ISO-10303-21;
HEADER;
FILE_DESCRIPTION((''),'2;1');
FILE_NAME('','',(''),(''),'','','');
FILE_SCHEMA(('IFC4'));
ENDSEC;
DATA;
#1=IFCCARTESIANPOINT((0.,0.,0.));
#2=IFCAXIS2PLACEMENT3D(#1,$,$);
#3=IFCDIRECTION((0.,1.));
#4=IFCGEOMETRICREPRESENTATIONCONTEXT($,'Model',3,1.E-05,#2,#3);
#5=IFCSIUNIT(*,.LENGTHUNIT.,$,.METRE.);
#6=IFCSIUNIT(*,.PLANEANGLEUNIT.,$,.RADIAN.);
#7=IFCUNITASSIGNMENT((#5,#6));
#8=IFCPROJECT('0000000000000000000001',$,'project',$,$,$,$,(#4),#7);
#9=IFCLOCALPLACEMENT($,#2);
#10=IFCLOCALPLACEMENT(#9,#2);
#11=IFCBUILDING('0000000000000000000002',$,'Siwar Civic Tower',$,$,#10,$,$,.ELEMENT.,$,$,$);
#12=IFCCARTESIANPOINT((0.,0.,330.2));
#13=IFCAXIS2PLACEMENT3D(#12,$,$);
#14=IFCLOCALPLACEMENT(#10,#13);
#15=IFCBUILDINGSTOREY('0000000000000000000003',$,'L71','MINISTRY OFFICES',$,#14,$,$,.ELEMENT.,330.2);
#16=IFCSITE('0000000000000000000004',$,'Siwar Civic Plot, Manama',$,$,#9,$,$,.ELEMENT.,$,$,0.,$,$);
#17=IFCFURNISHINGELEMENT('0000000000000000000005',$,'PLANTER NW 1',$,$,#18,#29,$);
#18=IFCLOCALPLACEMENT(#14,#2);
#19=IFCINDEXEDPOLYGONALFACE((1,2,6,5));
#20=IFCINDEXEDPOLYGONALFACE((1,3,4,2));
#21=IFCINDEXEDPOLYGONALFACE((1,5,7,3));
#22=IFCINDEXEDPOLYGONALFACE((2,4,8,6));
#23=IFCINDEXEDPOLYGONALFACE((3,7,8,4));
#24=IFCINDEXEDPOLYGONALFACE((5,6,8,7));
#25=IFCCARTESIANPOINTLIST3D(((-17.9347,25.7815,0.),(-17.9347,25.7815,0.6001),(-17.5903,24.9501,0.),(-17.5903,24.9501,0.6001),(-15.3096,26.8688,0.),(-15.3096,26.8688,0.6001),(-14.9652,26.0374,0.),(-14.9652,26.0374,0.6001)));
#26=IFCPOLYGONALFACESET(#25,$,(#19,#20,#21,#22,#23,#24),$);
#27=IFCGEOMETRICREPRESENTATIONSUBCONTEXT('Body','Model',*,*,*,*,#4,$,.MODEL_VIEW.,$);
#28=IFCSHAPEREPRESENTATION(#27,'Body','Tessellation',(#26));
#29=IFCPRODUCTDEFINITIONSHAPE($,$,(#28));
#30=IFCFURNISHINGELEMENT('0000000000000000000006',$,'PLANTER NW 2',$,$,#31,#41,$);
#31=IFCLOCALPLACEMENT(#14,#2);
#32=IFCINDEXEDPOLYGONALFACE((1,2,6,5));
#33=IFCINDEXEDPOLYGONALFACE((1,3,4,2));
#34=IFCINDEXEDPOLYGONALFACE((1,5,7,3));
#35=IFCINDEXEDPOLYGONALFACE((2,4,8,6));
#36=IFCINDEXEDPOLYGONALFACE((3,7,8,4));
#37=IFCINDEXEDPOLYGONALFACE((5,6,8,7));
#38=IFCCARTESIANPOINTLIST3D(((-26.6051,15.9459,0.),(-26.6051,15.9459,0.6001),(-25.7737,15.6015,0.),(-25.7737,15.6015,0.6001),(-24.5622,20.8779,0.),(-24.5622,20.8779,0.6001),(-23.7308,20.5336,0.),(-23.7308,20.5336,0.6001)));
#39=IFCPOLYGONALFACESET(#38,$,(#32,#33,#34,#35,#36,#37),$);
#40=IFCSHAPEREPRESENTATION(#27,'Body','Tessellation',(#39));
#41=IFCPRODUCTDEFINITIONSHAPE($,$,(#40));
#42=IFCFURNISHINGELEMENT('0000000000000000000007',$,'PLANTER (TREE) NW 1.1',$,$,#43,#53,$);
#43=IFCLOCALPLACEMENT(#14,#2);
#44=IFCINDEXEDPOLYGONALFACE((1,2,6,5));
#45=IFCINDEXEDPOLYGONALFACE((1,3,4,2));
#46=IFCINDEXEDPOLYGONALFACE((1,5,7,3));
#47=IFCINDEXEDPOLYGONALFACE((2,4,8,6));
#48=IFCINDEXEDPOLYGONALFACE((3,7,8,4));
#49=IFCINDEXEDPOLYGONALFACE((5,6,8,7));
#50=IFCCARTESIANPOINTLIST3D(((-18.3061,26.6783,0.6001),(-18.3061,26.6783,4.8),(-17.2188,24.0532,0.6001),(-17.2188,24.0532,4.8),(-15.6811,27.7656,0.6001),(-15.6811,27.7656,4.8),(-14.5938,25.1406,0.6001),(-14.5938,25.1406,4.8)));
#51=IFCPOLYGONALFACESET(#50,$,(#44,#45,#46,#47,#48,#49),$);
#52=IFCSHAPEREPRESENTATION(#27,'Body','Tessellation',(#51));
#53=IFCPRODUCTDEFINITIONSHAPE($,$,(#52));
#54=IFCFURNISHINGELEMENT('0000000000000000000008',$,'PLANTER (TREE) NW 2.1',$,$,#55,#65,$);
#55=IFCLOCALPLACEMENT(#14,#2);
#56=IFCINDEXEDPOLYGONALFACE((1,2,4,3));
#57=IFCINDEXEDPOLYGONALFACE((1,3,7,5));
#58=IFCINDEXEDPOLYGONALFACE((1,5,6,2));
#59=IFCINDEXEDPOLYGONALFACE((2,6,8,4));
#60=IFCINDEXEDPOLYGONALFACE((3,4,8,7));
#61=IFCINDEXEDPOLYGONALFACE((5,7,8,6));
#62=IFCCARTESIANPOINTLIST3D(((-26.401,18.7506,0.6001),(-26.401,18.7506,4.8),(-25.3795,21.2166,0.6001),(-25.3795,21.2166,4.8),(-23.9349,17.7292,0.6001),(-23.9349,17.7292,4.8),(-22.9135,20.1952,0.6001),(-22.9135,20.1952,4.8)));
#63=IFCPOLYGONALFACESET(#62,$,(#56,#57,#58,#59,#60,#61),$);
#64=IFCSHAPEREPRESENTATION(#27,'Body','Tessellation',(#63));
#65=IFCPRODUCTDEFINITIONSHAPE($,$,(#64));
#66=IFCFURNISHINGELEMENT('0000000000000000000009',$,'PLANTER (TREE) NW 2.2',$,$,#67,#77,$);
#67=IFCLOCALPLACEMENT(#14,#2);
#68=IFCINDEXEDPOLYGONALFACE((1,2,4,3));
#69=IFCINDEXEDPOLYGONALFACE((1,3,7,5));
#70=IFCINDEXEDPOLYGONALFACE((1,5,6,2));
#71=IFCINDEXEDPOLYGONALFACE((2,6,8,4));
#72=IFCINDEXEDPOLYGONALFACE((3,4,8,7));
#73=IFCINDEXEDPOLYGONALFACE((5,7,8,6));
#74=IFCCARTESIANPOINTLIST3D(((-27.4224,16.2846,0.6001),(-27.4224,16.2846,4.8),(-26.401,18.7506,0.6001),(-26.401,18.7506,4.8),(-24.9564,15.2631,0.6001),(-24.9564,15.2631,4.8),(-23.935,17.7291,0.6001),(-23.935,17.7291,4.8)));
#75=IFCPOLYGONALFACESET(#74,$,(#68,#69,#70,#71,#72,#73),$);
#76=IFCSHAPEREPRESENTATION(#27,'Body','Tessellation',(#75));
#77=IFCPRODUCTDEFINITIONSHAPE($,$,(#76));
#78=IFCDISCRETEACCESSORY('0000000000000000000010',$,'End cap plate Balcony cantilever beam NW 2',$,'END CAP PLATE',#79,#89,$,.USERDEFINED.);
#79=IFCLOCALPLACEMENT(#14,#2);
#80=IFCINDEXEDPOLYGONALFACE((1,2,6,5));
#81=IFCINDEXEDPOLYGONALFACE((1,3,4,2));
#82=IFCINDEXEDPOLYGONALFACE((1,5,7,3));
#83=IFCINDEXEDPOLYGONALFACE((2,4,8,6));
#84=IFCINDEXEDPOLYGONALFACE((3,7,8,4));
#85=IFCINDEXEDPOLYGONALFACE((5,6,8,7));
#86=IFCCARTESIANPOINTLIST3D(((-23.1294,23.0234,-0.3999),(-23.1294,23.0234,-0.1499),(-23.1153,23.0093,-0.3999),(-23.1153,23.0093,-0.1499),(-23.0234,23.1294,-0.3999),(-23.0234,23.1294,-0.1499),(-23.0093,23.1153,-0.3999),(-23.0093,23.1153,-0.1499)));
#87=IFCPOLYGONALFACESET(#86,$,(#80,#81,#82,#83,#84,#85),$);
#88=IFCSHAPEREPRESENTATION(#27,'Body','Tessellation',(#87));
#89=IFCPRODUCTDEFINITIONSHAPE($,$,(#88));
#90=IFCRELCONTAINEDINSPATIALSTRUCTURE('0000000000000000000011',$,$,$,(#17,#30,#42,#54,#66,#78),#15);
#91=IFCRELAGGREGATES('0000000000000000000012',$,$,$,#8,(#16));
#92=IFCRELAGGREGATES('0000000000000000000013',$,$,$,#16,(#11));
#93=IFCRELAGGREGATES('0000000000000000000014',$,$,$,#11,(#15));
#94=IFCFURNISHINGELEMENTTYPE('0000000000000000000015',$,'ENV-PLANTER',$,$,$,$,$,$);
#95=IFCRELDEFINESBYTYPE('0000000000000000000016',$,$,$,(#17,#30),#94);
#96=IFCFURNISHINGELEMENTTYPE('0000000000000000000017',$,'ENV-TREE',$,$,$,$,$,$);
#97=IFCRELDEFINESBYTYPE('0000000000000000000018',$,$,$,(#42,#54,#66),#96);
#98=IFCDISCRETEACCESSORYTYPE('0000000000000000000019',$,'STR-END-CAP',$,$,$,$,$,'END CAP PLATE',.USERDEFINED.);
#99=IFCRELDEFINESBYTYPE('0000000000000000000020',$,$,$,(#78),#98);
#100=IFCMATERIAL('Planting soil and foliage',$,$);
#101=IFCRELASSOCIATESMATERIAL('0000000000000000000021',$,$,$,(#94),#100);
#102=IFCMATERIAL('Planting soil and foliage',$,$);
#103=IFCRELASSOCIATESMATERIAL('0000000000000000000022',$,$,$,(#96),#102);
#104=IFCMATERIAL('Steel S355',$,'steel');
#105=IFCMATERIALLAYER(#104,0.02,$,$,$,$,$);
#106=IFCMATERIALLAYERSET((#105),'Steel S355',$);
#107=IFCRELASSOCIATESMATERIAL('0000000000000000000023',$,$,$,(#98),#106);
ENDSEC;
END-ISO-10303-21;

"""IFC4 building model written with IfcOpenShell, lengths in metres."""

from ifc_helpers import new_model, si_unit, direction, frame, origin, origin_2d, place, context, subcontext, project, spatial, rectangle, extrude, material, layer, layer_set, type_object, element, save


model = new_model("IFC4")

# Units and contexts
model_context = context("Model", 3, precision=1e-05, world=origin(), true_north=direction((0.0, 1.0)))
body_context = subcontext(model_context, "Body", "Model", "MODEL_VIEW")
ifc_project = project(units=[si_unit("LENGTHUNIT", "METRE"), si_unit("PLANEANGLEUNIT", "RADIAN")], contexts=[model_context])

# Site, building, storey
site_placement = place(None, origin())
site = spatial("IfcSite", under=ifc_project, at=site_placement, Name="Siwar Civic Plot, Manama", CompositionType="ELEMENT", RefElevation=0.0)
building_placement = place(site_placement, origin())
building = spatial("IfcBuilding", under=site, at=building_placement, Name="Siwar Civic Tower", CompositionType="ELEMENT")
storey_placement = place(building_placement, frame((0.0, 0.0, 330.2)))
storey = spatial("IfcBuildingStorey", under=building, at=storey_placement, Name="L71", Description="MINISTRY OFFICES", CompositionType="ELEMENT", Elevation=330.2)

# Furnishing elements
ifc_material_1 = material(Name="Planting soil and foliage")
furnishing_element_type_1 = type_object("IfcFurnishingElementType", Name="ENV-PLANTER", material=ifc_material_1)
furnishing_1_placement = place(storey_placement, frame((-16.45, 25.9094, 0.0), z_axis=(0.0, 0.0, 1.0), x_axis=(-0.92388, -0.382683, 0.0)))
element("IfcFurnishingElement", 1, at=furnishing_1_placement, inside=storey, type_object=furnishing_element_type_1, Name="PLANTER NW 1", context=body_context, shape_type="SweptSolid", body=[
    extrude(rectangle(XDim=2.8413, YDim=0.8999, at=origin_2d()), origin(), (0.0, 0.0, 1.0), 0.6001),
])
furnishing_2_placement = place(storey_placement, frame((-25.168, 18.2397, 0.0), z_axis=(0.0, 0.0, 1.0), x_axis=(-0.382683, -0.92388, 0.0)))
element("IfcFurnishingElement", 2, at=furnishing_2_placement, inside=storey, type_object=furnishing_element_type_1, Name="PLANTER NW 2", context=body_context, shape_type="SweptSolid", body=[
    extrude(rectangle(XDim=5.3384, YDim=0.8999, at=origin_2d()), origin(), (0.0, 0.0, 1.0), 0.6001),
])
ifc_material_2 = material(Name="Planting soil and foliage")
furnishing_element_type_2 = type_object("IfcFurnishingElementType", Name="ENV-TREE", material=ifc_material_2)
furnishing_3_placement = place(storey_placement, frame((-16.45, 25.9094, 0.6001), z_axis=(0.0, 0.0, 1.0), x_axis=(-0.92388, -0.382683, 0.0)))
element("IfcFurnishingElement", 3, at=furnishing_3_placement, inside=storey, type_object=furnishing_element_type_2, Name="PLANTER (TREE) NW 1.1", context=body_context, shape_type="SweptSolid", body=[
    extrude(rectangle(XDim=2.8413, YDim=2.8413, at=origin_2d()), origin(), (0.0, 0.0, 1.0), 4.2),
])
for number, where, z_axis, x_axis, name in (
    (4, (-24.6572, 19.4729, 0.6001), (0.0, 0.0, 1.0), (-0.382683, -0.92388, 0.0), "PLANTER (TREE) NW 2.1"),
    (5, (-25.6787, 17.0068, 0.6001), (0.0, 0.0, 1.0), (-0.382683, -0.92388, 0.0), "PLANTER (TREE) NW 2.2"),
):
    element("IfcFurnishingElement", number, at=place(storey_placement, frame(where, z_axis=z_axis, x_axis=x_axis)), inside=storey, type_object=furnishing_element_type_2, Name=name, context=body_context, shape_type="SweptSolid", body=[
        extrude(rectangle(XDim=2.6692, YDim=2.6692, at=origin_2d()), origin(), (0.0, 0.0, 1.0), 4.2),
    ])

# Discrete accessory
ifc_material_3 = material(Name="Steel S355", Category="steel")
ifc_layer_1 = layer(ifc_material_3, 0.02)
ifc_layer_set_1 = layer_set([ifc_layer_1], Name="Steel S355")
discrete_accessory_type = type_object("IfcDiscreteAccessoryType", Name="STR-END-CAP", ElementType="END CAP PLATE", PredefinedType="USERDEFINED", material=ifc_layer_set_1)
discrete_accessory_placement = place(storey_placement, frame((-23.0693, 23.0693, -0.3999), z_axis=(0.0, 0.0, 1.0), x_axis=(-0.707107, 0.707107, 0.0)))
element("IfcDiscreteAccessory", 6, at=discrete_accessory_placement, inside=storey, type_object=discrete_accessory_type, Name="End cap plate Balcony cantilever beam NW 2", ObjectType="END CAP PLATE", PredefinedType="USERDEFINED", context=body_context, shape_type="SweptSolid", body=[
    extrude(rectangle(XDim=0.02, YDim=0.1499, at=origin_2d()), origin(), (0.0, 0.0, 1.0), 0.25),
])

save(model, "model.ifc")
